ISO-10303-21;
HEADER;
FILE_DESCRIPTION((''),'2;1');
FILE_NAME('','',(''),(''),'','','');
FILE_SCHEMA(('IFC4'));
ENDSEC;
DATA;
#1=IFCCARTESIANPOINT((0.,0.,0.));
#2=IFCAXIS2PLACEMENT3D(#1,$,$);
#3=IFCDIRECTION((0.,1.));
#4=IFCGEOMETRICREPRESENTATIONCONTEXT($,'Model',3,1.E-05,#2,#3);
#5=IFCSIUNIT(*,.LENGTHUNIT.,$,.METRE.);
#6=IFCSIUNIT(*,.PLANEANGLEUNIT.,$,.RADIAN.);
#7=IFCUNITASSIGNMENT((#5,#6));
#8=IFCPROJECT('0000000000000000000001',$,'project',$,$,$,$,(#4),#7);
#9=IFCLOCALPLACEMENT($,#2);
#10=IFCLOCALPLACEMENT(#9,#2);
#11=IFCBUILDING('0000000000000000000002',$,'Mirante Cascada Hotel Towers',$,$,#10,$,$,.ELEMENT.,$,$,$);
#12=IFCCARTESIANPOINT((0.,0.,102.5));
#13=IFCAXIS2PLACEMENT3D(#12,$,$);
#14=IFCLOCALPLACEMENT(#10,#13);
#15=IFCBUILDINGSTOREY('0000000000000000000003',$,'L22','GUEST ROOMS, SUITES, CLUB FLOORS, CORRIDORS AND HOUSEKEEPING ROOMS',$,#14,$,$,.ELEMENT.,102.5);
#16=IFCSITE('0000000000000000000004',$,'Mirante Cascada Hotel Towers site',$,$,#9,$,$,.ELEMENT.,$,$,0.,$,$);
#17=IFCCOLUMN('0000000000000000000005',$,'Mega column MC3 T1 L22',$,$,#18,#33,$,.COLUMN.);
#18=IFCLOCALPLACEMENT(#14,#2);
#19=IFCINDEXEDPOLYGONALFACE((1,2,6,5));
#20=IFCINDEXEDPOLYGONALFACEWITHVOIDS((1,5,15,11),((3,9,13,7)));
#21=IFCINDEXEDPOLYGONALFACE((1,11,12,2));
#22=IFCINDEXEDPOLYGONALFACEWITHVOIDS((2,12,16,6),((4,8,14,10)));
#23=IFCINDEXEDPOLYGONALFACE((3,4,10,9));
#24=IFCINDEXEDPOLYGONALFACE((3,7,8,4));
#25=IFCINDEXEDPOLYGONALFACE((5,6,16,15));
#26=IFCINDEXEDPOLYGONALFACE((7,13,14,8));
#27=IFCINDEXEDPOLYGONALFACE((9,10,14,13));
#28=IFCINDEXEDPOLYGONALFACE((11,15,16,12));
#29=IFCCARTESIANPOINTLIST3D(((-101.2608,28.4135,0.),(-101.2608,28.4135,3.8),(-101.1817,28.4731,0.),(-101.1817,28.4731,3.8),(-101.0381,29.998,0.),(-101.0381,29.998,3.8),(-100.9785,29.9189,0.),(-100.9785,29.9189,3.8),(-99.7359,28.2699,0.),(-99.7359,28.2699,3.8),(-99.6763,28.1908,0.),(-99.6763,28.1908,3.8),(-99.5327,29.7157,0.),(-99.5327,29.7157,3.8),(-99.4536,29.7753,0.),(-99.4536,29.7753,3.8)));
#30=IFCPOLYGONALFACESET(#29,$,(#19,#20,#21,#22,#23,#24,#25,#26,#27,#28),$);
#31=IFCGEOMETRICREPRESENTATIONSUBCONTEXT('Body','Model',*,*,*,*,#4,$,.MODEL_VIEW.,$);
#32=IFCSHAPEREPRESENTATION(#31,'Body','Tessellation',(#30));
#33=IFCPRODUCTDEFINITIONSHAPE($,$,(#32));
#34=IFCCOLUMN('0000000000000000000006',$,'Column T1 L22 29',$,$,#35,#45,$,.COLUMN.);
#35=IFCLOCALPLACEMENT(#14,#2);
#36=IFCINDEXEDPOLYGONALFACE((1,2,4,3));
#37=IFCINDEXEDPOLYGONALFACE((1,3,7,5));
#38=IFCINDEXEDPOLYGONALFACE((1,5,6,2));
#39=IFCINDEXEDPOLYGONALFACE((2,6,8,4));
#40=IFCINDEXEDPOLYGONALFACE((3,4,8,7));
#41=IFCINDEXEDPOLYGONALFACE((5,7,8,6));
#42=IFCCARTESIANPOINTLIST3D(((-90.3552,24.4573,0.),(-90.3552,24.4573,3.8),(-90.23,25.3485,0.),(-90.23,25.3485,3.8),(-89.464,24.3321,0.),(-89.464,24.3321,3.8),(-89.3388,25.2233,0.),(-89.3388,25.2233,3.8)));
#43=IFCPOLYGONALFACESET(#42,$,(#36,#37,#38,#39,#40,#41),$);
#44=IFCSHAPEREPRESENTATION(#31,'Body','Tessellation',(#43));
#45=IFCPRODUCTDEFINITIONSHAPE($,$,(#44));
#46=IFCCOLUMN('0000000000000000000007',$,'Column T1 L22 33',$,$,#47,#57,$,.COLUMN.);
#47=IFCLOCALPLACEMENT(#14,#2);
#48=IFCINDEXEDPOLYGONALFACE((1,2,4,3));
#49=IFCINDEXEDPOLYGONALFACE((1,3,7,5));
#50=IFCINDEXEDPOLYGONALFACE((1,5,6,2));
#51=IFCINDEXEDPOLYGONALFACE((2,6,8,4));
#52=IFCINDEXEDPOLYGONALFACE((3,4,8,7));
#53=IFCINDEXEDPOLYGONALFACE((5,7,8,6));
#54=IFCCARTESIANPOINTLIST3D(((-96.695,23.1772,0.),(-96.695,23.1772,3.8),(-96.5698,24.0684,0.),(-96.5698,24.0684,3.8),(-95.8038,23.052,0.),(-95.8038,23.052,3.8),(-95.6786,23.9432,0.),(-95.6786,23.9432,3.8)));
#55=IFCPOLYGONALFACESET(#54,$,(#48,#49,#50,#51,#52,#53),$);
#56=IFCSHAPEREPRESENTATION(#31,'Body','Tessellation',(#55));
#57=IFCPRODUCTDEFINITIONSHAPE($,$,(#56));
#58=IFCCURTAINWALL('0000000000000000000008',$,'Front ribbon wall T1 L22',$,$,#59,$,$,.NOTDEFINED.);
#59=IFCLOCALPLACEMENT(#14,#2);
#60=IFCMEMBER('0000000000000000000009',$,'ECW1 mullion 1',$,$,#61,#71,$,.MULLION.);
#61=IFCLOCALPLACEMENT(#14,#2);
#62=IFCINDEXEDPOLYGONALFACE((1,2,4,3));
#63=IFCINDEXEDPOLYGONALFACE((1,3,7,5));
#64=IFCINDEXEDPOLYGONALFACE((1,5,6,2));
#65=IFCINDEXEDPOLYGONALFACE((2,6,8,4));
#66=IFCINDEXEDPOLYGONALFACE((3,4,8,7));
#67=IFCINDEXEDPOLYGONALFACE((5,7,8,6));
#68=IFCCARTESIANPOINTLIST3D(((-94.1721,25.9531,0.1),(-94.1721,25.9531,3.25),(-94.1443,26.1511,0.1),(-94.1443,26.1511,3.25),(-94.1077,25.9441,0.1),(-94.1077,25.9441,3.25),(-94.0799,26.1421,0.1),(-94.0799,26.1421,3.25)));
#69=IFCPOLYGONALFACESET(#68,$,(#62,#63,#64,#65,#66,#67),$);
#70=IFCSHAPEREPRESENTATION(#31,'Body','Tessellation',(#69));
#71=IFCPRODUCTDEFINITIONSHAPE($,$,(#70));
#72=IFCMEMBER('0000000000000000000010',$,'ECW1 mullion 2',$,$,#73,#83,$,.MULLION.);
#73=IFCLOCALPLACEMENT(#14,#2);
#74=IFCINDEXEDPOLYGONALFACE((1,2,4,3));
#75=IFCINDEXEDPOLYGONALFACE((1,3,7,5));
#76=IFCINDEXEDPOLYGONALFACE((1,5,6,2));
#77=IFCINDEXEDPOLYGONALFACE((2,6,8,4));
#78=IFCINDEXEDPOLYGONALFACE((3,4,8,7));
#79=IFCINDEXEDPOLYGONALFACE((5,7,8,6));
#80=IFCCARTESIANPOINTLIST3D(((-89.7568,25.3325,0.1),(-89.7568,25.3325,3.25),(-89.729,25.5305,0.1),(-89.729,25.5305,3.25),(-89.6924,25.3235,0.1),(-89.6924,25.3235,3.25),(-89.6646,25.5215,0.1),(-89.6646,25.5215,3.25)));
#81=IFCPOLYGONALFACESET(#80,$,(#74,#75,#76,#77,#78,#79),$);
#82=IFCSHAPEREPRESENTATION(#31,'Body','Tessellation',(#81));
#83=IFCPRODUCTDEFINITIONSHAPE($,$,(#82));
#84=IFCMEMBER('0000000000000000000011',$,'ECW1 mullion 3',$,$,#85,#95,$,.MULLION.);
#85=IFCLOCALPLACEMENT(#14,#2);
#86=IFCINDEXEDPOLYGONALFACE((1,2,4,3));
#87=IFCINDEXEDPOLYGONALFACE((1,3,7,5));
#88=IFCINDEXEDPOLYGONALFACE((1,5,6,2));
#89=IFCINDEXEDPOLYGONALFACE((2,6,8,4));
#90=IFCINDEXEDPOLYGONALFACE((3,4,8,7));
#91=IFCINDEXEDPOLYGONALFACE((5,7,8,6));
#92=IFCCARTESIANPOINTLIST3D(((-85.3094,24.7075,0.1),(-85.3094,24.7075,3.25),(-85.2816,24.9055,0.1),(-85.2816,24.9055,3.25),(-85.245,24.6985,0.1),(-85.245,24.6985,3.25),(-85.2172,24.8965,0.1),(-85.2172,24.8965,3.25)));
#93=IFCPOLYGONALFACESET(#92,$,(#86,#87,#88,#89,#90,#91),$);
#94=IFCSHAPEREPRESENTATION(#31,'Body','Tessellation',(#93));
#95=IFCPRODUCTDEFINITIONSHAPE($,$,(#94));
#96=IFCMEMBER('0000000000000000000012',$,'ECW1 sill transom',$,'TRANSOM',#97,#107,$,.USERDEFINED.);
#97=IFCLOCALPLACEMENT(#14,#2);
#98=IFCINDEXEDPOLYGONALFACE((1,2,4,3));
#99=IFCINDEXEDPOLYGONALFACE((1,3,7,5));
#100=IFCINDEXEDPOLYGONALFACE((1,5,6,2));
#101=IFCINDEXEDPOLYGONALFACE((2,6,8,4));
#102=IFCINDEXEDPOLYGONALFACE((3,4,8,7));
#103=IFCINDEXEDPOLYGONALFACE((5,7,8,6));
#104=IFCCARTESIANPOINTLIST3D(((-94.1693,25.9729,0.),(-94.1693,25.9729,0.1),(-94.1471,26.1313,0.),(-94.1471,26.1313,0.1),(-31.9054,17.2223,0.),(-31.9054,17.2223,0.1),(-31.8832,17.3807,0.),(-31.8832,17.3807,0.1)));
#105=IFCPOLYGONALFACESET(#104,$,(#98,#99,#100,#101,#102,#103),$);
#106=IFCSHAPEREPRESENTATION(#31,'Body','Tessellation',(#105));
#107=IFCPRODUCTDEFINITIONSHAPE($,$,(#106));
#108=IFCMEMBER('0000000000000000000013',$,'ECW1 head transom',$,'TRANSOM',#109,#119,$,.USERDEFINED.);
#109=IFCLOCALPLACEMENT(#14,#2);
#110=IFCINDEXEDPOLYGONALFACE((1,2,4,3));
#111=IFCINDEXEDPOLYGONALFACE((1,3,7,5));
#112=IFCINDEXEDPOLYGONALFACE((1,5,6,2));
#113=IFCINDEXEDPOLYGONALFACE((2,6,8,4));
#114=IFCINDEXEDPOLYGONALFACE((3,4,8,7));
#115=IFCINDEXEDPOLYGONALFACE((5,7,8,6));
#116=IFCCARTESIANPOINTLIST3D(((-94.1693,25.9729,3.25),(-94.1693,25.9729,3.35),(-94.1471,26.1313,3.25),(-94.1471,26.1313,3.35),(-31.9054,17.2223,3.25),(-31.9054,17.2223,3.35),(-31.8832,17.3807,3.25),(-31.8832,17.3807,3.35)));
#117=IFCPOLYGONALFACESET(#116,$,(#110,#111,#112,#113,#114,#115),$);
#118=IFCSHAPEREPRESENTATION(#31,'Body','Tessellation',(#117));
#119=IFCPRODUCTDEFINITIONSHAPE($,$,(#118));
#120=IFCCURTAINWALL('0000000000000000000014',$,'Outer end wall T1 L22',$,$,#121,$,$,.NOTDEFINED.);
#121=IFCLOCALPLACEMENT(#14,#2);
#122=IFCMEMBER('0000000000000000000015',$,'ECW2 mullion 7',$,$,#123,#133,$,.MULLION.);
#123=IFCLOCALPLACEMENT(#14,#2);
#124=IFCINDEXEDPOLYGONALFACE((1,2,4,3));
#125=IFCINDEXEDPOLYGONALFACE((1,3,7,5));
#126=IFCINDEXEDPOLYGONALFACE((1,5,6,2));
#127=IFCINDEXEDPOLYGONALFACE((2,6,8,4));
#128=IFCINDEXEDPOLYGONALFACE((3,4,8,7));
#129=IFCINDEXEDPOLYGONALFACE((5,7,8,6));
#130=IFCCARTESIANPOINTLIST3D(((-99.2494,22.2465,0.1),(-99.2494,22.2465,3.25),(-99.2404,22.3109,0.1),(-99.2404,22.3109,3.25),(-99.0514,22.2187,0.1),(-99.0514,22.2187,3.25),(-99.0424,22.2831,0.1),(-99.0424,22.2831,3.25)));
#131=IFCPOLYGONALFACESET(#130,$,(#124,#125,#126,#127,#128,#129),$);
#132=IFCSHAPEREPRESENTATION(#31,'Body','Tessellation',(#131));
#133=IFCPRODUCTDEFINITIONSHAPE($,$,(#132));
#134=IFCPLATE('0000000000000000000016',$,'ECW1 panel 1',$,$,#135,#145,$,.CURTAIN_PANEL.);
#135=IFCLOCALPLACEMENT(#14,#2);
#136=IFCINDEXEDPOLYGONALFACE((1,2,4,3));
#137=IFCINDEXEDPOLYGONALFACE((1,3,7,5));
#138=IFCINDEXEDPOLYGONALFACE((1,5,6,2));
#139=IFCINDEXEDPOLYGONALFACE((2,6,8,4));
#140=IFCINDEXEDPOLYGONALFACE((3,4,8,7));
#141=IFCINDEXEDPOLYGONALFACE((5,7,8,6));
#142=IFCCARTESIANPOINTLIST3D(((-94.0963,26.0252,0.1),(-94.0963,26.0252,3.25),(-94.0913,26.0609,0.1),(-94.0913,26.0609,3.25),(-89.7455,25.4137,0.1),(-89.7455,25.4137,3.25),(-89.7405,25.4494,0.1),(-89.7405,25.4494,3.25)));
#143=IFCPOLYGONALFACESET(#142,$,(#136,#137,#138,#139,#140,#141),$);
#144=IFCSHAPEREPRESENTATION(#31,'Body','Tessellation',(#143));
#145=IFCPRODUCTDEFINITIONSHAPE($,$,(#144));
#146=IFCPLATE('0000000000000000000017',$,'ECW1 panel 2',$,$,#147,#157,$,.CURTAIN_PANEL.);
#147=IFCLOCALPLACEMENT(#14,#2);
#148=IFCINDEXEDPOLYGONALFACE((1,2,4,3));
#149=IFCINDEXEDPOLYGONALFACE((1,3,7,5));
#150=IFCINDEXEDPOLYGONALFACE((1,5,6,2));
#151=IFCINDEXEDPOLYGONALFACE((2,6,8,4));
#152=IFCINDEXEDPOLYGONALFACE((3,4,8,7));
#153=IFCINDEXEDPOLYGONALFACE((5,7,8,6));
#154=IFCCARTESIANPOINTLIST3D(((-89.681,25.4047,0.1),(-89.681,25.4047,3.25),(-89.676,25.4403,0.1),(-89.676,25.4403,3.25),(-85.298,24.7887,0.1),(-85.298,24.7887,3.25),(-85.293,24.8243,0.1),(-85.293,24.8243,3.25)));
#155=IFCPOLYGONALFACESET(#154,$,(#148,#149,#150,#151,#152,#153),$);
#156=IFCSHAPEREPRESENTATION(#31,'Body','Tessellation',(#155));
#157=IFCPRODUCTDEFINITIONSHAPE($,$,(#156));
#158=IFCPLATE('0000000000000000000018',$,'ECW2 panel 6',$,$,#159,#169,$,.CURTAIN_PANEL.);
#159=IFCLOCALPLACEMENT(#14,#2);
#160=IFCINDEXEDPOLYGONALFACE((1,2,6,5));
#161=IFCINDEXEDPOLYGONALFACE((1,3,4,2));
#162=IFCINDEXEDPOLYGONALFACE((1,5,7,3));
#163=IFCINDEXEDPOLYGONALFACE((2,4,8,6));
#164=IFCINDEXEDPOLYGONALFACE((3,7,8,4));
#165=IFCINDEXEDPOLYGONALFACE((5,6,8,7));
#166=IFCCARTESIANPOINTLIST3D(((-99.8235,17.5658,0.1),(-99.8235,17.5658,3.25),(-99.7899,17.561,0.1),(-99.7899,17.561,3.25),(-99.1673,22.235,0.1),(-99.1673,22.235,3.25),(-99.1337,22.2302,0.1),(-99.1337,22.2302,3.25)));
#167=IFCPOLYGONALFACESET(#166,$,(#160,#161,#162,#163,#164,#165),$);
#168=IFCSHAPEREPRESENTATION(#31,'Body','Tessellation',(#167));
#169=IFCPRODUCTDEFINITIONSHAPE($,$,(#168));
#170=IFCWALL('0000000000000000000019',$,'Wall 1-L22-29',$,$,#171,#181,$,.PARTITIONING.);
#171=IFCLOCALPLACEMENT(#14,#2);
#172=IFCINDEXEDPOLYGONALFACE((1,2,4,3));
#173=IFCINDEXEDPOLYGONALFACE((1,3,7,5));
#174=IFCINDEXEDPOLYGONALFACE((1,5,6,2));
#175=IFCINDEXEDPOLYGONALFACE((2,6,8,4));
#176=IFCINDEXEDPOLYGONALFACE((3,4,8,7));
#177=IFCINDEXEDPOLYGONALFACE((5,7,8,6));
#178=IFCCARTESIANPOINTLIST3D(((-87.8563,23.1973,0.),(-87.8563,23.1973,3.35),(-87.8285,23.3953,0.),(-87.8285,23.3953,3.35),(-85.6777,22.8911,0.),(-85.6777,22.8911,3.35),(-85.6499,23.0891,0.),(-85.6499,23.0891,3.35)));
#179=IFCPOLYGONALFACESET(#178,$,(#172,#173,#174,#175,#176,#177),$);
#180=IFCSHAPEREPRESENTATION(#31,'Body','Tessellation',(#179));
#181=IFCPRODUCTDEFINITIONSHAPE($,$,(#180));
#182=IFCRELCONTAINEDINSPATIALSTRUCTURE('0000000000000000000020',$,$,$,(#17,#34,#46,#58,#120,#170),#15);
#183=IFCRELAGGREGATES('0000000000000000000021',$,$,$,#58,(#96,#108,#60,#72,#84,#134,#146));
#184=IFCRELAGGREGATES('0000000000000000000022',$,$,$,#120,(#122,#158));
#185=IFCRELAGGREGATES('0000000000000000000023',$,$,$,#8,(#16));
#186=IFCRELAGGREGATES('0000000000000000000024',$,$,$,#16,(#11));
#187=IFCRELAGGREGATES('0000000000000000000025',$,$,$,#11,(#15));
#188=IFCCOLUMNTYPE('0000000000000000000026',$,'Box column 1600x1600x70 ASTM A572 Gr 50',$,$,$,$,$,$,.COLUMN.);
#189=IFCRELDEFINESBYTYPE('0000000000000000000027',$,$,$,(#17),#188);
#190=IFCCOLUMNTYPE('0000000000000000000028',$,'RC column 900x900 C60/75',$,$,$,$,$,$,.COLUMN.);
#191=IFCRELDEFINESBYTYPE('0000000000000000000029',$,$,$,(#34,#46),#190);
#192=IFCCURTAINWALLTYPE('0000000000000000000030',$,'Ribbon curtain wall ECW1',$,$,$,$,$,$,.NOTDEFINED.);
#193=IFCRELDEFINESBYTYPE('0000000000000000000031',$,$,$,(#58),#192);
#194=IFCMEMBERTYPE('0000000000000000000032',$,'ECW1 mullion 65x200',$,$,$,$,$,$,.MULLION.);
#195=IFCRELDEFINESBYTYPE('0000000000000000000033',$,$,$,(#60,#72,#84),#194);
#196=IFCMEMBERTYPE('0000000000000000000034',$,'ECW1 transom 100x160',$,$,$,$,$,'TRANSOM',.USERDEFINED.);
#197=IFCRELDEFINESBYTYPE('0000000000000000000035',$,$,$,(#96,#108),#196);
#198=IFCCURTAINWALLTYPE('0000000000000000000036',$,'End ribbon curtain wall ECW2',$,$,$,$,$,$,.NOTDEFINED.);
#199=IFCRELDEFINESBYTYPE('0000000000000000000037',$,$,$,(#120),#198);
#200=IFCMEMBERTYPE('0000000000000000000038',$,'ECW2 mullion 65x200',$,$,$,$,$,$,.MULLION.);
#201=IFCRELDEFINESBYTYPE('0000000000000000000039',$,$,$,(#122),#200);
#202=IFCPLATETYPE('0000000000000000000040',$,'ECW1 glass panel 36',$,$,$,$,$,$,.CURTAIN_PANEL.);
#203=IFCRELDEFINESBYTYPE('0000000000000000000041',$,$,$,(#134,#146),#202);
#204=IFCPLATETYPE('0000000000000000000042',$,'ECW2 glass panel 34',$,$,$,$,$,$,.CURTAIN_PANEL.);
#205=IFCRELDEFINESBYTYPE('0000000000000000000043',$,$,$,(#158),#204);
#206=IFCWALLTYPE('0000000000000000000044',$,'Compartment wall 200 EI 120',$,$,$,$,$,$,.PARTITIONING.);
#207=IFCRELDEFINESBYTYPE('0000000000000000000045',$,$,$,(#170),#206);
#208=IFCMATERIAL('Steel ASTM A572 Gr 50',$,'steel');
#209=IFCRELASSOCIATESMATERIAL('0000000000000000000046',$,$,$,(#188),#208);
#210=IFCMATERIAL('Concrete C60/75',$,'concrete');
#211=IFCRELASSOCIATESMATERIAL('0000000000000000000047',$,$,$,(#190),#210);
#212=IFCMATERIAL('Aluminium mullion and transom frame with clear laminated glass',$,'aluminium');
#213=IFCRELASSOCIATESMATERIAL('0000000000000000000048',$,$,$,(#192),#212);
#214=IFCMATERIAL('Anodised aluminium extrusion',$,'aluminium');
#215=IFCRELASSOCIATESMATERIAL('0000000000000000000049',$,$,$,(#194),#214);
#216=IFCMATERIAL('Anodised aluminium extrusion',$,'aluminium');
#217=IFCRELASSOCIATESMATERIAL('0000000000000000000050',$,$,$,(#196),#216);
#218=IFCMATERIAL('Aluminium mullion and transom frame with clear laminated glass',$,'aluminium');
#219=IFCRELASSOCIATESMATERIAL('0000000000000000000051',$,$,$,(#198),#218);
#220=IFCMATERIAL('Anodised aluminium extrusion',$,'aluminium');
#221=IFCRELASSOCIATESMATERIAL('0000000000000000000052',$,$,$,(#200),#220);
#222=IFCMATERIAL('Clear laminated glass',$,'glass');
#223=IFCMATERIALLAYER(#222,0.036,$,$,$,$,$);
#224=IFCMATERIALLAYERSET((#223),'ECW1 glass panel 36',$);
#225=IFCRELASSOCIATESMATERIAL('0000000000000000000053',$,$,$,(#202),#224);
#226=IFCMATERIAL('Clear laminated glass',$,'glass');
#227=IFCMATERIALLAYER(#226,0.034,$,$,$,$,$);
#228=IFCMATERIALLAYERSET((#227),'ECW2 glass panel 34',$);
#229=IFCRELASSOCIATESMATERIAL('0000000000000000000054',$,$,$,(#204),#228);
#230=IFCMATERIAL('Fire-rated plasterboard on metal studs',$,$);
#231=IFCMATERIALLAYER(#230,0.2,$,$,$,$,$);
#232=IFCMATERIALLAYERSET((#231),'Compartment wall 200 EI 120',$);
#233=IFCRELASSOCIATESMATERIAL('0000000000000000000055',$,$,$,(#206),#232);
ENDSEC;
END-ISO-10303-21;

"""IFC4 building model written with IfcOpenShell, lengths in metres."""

from ifc_helpers import new_model, si_unit, direction, frame, frame_2d, origin, origin_2d, place, context, subcontext, project, spatial, rectangle, hollow_rectangle, extrude, material, layer, layer_set, material_profile, profile_set, type_object, element, aggregate, save


model = new_model("IFC4")

# Units and contexts
model_context = context("Model", 3, precision=1e-05, world=origin(), true_north=direction((0.0, 1.0)))
body_context = subcontext(model_context, "Body", "Model", "MODEL_VIEW")
ifc_project = project(units=[si_unit("LENGTHUNIT", "METRE"), si_unit("PLANEANGLEUNIT", "RADIAN")], contexts=[model_context])

# Site, building, storey
site_placement = place(None, origin())
site = spatial("IfcSite", under=ifc_project, at=site_placement, Name="Mirante Cascada Hotel Towers site", CompositionType="ELEMENT", RefElevation=0.0)
building_placement = place(site_placement, origin())
building = spatial("IfcBuilding", under=site, at=building_placement, Name="Mirante Cascada Hotel Towers", CompositionType="ELEMENT")
storey_placement = place(building_placement, frame((0.0, 0.0, 102.5)))
storey = spatial("IfcBuildingStorey", under=building, at=storey_placement, Name="L22", Description="GUEST ROOMS, SUITES, CLUB FLOORS, CORRIDORS AND HOUSEKEEPING ROOMS", CompositionType="ELEMENT", Elevation=102.5)

# Columns
ifc_material_1 = material(Name="Steel ASTM A572 Gr 50", Category="steel")
ifc_material_profile_1 = material_profile(ifc_material_1, hollow_rectangle(XDim=1.6, YDim=1.6, WallThickness=0.07, at=origin_2d()), Name="Box column 1600x1600x70 ASTM A572 Gr 50")
ifc_profile_set_1 = profile_set([ifc_material_profile_1], Name="Steel ASTM A572 Gr 50")
column_type_1 = type_object("IfcColumnType", Name="Box column 1600x1600x70 ASTM A572 Gr 50", PredefinedType="COLUMN", material=ifc_profile_set_1)
column_placement = place(storey_placement, frame((-100.3572, 29.0944, 0.0), z_axis=(0.0, 0.0, 1.0), x_axis=(-0.990268, 0.139173, 0.0)))
element("IfcColumn", 1, at=column_placement, inside=storey, type_object=column_type_1, Name="Mega column MC3 T1 L22", PredefinedType="COLUMN", context=body_context, shape_type="SweptSolid", body=[
    extrude(hollow_rectangle(XDim=1.6, YDim=1.6, WallThickness=0.07, at=origin_2d()), origin(), (0.0, 0.0, 1.0), 3.8),
])
ifc_material_2 = material(Name="Concrete C60/75", Category="concrete")
ifc_material_profile_2 = material_profile(ifc_material_2, rectangle(XDim=0.9, YDim=0.9, at=origin_2d()), Name="RC column 900x900 C60/75")
ifc_profile_set_2 = profile_set([ifc_material_profile_2], Name="Concrete C60/75")
column_type_2 = type_object("IfcColumnType", Name="RC column 900x900 C60/75", PredefinedType="COLUMN", material=ifc_profile_set_2)
for number, where, z_axis, x_axis, name in (
    (2, (-89.847, 24.8403, 0.0), (0.0, 0.0, 1.0), (-0.990268, 0.139173, 0.0), "Column T1 L22 29"),
    (3, (-96.1868, 23.5602, 0.0), (0.0, 0.0, 1.0), (-0.990268, 0.139173, 0.0), "Column T1 L22 33"),
):
    element("IfcColumn", number, at=place(storey_placement, frame(where, z_axis=z_axis, x_axis=x_axis)), inside=storey, type_object=column_type_2, Name=name, PredefinedType="COLUMN", context=body_context, shape_type="SweptSolid", body=[
        extrude(rectangle(XDim=0.9, YDim=0.9, at=origin_2d()), origin(), (0.0, 0.0, 1.0), 3.8),
    ])

# Curtain wall, members
ifc_material_3 = material(Name="Aluminium mullion and transom frame with clear laminated glass", Category="aluminium")
curtain_wall_type_1 = type_object("IfcCurtainWallType", Name="Ribbon curtain wall ECW1", PredefinedType="NOTDEFINED", material=ifc_material_3)
curtain_wall_1_placement = place(storey_placement, origin())
curtain_wall_1 = element("IfcCurtainWall", 4, at=curtain_wall_1_placement, inside=storey, type_object=curtain_wall_type_1, Name="Front ribbon wall T1 L22", PredefinedType="NOTDEFINED")
ifc_material_4 = material(Name="Anodised aluminium extrusion", Category="aluminium")
ifc_material_profile_3 = material_profile(ifc_material_4, rectangle(XDim=0.2, YDim=0.065, at=origin_2d()), Name="ECW1 MULLION 65x200")
ifc_profile_set_3 = profile_set([ifc_material_profile_3], Name="Anodised aluminium extrusion")
member_type_1 = type_object("IfcMemberType", Name="ECW1 mullion 65x200", PredefinedType="MULLION", material=ifc_profile_set_3)
member_1_placement = place(storey_placement, frame((-94.126, 26.0476, 0.1), z_axis=(0.0, 0.0, 1.0), x_axis=(0.139173, 0.990268, 0.0)))
member_1 = element("IfcMember", 5, at=member_1_placement, type_object=member_type_1, Name="ECW1 mullion 1", PredefinedType="MULLION", context=body_context, shape_type="SweptSolid", body=[
    extrude(rectangle(XDim=0.2, YDim=0.065, at=origin_2d()), origin(), (0.0, 0.0, 1.0), 3.15),
])
member_2_placement = place(storey_placement, frame((-89.7107, 25.427, 0.1), z_axis=(0.0, 0.0, 1.0), x_axis=(0.139173, 0.990268, 0.0)))
member_2 = element("IfcMember", 6, at=member_2_placement, type_object=member_type_1, Name="ECW1 mullion 2", PredefinedType="MULLION", context=body_context, shape_type="SweptSolid", body=[
    extrude(rectangle(XDim=0.2, YDim=0.065, at=origin_2d()), origin(), (0.0, 0.0, 1.0), 3.15),
])
member_3_placement = place(storey_placement, frame((-85.2633, 24.802, 0.1), z_axis=(0.0, 0.0, 1.0), x_axis=(0.139173, 0.990268, 0.0)))
member_3 = element("IfcMember", 7, at=member_3_placement, type_object=member_type_1, Name="ECW1 mullion 3", PredefinedType="MULLION", context=body_context, shape_type="SweptSolid", body=[
    extrude(rectangle(XDim=0.2, YDim=0.065, at=origin_2d()), origin(), (0.0, 0.0, 1.0), 3.15),
])
ifc_material_5 = material(Name="Anodised aluminium extrusion", Category="aluminium")
ifc_material_profile_4 = material_profile(ifc_material_5, rectangle(XDim=0.16, YDim=0.1, at=origin_2d()), Name="ECW1 TRANSOM 100x160")
ifc_profile_set_4 = profile_set([ifc_material_profile_4], Name="Anodised aluminium extrusion")
member_type_2 = type_object("IfcMemberType", Name="ECW1 transom 100x160", ElementType="TRANSOM", PredefinedType="USERDEFINED", material=ifc_profile_set_4)
member_4_placement = place(storey_placement, frame((-94.1582, 26.0521, 0.05), z_axis=(0.990268, -0.139173, 0.0), x_axis=(0.139173, 0.990268, 0.0)))
member_4 = element("IfcMember", 8, at=member_4_placement, type_object=member_type_2, Name="ECW1 sill transom", ObjectType="TRANSOM", PredefinedType="USERDEFINED", context=body_context, shape_type="SweptSolid", body=[
    extrude(rectangle(XDim=0.16, YDim=0.1, at=origin_2d()), origin(), (0.0, 0.0, 1.0), 62.8758),
])
member_5_placement = place(storey_placement, frame((-94.1582, 26.0521, 3.3), z_axis=(0.990268, -0.139173, 0.0), x_axis=(0.139173, 0.990268, 0.0)))
member_5 = element("IfcMember", 9, at=member_5_placement, type_object=member_type_2, Name="ECW1 head transom", ObjectType="TRANSOM", PredefinedType="USERDEFINED", context=body_context, shape_type="SweptSolid", body=[
    extrude(rectangle(XDim=0.16, YDim=0.1, at=origin_2d()), origin(), (0.0, 0.0, 1.0), 62.8758),
])

# Curtain wall, member
ifc_material_6 = material(Name="Aluminium mullion and transom frame with clear laminated glass", Category="aluminium")
curtain_wall_type_2 = type_object("IfcCurtainWallType", Name="End ribbon curtain wall ECW2", PredefinedType="NOTDEFINED", material=ifc_material_6)
curtain_wall_2_placement = place(storey_placement, origin())
curtain_wall_2 = element("IfcCurtainWall", 10, at=curtain_wall_2_placement, inside=storey, type_object=curtain_wall_type_2, Name="Outer end wall T1 L22", PredefinedType="NOTDEFINED")
ifc_material_7 = material(Name="Anodised aluminium extrusion", Category="aluminium")
ifc_material_profile_5 = material_profile(ifc_material_7, rectangle(XDim=0.2, YDim=0.065, at=origin_2d()), Name="ECW2 MULLION 65x200")
ifc_profile_set_5 = profile_set([ifc_material_profile_5], Name="Anodised aluminium extrusion")
member_type_3 = type_object("IfcMemberType", Name="ECW2 mullion 65x200", PredefinedType="MULLION", material=ifc_profile_set_5)
member_6_placement = place(storey_placement, frame((-99.1459, 22.2648, 0.1), z_axis=(0.0, 0.0, 1.0), x_axis=(-0.990268, 0.139173, 0.0)))
member_6 = element("IfcMember", 11, at=member_6_placement, type_object=member_type_3, Name="ECW2 mullion 7", PredefinedType="MULLION", context=body_context, shape_type="SweptSolid", body=[
    extrude(rectangle(XDim=0.2, YDim=0.065, at=origin_2d()), origin(), (0.0, 0.0, 1.0), 3.15),
])

# Plates
ifc_material_8 = material(Name="Clear laminated glass", Category="glass")
ifc_layer_1 = layer(ifc_material_8, 0.036)
ifc_layer_set_1 = layer_set([ifc_layer_1], Name="ECW1 glass panel 36")
plate_type_1 = type_object("IfcPlateType", Name="ECW1 glass panel 36", PredefinedType="CURTAIN_PANEL", material=ifc_layer_set_1)
plate_1_placement = place(storey_placement, frame((-91.9184, 25.7373, 0.1), z_axis=(0.0, 0.0, 1.0), x_axis=(0.990268, -0.139173, 0.0)))
plate_1 = element("IfcPlate", 12, at=plate_1_placement, type_object=plate_type_1, Name="ECW1 panel 1", PredefinedType="CURTAIN_PANEL", context=body_context, shape_type="SweptSolid", body=[
    extrude(rectangle(XDim=4.3936, YDim=0.036, at=origin_2d()), origin(), (0.0, 0.0, 1.0), 3.15),
])
plate_2_placement = place(storey_placement, frame((-87.487, 25.1145, 0.1), z_axis=(0.0, 0.0, 1.0), x_axis=(0.990268, -0.139173, 0.0)))
plate_2 = element("IfcPlate", 13, at=plate_2_placement, type_object=plate_type_1, Name="ECW1 panel 2", PredefinedType="CURTAIN_PANEL", context=body_context, shape_type="SweptSolid", body=[
    extrude(rectangle(XDim=4.4261, YDim=0.036, at=origin_2d()), origin(), (0.0, 0.0, 1.0), 3.15),
])
aggregate(curtain_wall_1, [member_4, member_5, member_1, member_2, member_3, plate_1, plate_2])
ifc_material_9 = material(Name="Clear laminated glass", Category="glass")
ifc_layer_2 = layer(ifc_material_9, 0.034)
ifc_layer_set_2 = layer_set([ifc_layer_2], Name="ECW2 glass panel 34")
plate_type_2 = type_object("IfcPlateType", Name="ECW2 glass panel 34", PredefinedType="CURTAIN_PANEL", material=ifc_layer_set_2)
plate_3_placement = place(storey_placement, frame((-99.4786, 19.898, 0.1), z_axis=(0.0, 0.0, 1.0), x_axis=(0.139173, 0.990268, 0.0)))
plate_3 = element("IfcPlate", 14, at=plate_3_placement, type_object=plate_type_2, Name="ECW2 panel 6", PredefinedType="CURTAIN_PANEL", context=body_context, shape_type="SweptSolid", body=[
    extrude(rectangle(XDim=4.7151, YDim=0.034, at=origin_2d()), origin(), (0.0, 0.0, 1.0), 3.15),
])
aggregate(curtain_wall_2, [member_6, plate_3])

# Wall
ifc_material_10 = material(Name="Fire-rated plasterboard on metal studs")
ifc_layer_3 = layer(ifc_material_10, 0.2)
ifc_layer_set_3 = layer_set([ifc_layer_3], Name="Compartment wall 200 EI 120")
wall_type_1 = type_object("IfcWallType", Name="Compartment wall 200 EI 120", PredefinedType="PARTITIONING", material=ifc_layer_set_3)
wall_1_placement = place(storey_placement, frame((-85.6638, 22.9901, 0.0), z_axis=(0.0, 0.0, 1.0), x_axis=(-0.990267, 0.139181, 0.0)))
element("IfcWall", 15, at=wall_1_placement, inside=storey, type_object=wall_type_1, Name="Wall 1-L22-29", PredefinedType="PARTITIONING", context=body_context, shape_type="SweptSolid", body=[
    extrude(rectangle(XDim=2.2, YDim=0.2, at=frame_2d((1.1, 0.0))), origin(), (0.0, 0.0, 1.0), 3.35),
])

save(model, "model.ifc")
